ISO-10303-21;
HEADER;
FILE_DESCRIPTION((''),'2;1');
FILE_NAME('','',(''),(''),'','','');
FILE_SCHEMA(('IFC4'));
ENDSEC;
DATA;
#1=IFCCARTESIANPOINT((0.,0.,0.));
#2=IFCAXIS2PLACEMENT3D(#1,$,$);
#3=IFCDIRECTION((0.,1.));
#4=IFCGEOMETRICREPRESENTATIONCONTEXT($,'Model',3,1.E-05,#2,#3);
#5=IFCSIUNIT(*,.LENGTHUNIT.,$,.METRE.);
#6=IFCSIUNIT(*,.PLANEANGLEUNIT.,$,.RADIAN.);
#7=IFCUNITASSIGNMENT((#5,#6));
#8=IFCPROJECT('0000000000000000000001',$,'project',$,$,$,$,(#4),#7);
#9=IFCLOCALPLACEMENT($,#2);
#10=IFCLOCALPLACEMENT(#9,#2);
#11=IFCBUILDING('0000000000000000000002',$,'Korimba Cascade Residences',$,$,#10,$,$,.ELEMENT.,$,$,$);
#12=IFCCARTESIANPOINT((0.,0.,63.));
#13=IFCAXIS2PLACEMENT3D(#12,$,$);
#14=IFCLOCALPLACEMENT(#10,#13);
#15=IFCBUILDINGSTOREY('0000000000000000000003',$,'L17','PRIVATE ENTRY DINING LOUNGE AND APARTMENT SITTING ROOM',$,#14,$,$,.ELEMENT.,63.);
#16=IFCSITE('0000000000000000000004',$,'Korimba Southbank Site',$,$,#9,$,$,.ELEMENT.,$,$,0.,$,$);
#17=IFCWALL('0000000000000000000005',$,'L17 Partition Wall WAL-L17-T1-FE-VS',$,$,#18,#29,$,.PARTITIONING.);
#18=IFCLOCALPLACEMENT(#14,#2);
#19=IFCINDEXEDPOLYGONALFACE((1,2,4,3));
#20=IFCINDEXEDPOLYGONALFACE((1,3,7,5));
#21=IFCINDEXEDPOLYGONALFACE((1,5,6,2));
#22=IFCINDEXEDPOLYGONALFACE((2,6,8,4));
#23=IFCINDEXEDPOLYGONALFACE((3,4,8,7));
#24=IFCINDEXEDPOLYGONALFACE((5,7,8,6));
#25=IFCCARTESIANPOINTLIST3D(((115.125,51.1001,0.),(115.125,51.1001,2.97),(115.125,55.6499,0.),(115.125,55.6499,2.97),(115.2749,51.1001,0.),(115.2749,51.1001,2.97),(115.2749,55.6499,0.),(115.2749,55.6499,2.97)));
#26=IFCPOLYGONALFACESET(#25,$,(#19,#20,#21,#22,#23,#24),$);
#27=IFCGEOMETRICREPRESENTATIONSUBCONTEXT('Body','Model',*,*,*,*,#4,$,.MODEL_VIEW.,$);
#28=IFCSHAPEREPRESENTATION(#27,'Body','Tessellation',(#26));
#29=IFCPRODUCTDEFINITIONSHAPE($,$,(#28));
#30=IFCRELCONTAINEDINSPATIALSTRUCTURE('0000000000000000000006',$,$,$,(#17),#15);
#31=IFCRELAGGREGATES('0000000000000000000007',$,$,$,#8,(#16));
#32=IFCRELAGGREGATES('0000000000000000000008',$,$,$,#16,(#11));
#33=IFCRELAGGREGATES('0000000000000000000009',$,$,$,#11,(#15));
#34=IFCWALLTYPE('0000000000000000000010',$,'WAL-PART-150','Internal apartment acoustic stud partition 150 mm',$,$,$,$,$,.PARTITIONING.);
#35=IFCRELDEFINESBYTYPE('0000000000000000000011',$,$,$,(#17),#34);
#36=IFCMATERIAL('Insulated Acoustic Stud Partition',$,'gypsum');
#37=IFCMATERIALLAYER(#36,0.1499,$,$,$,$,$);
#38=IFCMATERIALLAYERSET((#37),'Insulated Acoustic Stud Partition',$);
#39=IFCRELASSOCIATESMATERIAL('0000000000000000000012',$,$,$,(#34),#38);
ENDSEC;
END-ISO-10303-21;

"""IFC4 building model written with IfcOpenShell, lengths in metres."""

from ifc_helpers import new_model, si_unit, direction, frame, frame_2d, origin, place, context, subcontext, project, spatial, rectangle, extrude, material, layer, layer_set, type_object, element, save


model = new_model("IFC4")

# Units and contexts
model_context = context("Model", 3, precision=1e-05, world=origin(), true_north=direction((0.0, 1.0)))
body_context = subcontext(model_context, "Body", "Model", "MODEL_VIEW")
ifc_project = project(units=[si_unit("LENGTHUNIT", "METRE"), si_unit("PLANEANGLEUNIT", "RADIAN")], contexts=[model_context])

# Site, building, storey
site_placement = place(None, origin())
site = spatial("IfcSite", under=ifc_project, at=site_placement, Name="Korimba Southbank Site", CompositionType="ELEMENT", RefElevation=0.0)
building_placement = place(site_placement, origin())
building = spatial("IfcBuilding", under=site, at=building_placement, Name="Korimba Cascade Residences", CompositionType="ELEMENT")
storey_placement = place(building_placement, frame((0.0, 0.0, 63.0)))
storey = spatial("IfcBuildingStorey", under=building, at=storey_placement, Name="L17", Description="PRIVATE ENTRY DINING LOUNGE AND APARTMENT SITTING ROOM", CompositionType="ELEMENT", Elevation=63.0)

# Shared definitions
ifc_material_1 = material(Name="Insulated Acoustic Stud Partition", Category="gypsum")
ifc_layer_1 = layer(ifc_material_1, 0.1499)
ifc_layer_set_1 = layer_set([ifc_layer_1], Name="Insulated Acoustic Stud Partition")
wall_type_1 = type_object("IfcWallType", Name="WAL-PART-150", Description="Internal apartment acoustic stud partition 150 mm", PredefinedType="PARTITIONING", material=ifc_layer_set_1)

# Wall
wall_1_placement = place(storey_placement, frame((115.2, 51.1001, 0.0), z_axis=(0.0, 0.0, 1.0), x_axis=(0.0, 1.0, 0.0)))
element("IfcWall", 1, at=wall_1_placement, inside=storey, type_object=wall_type_1, Name="L17 Partition Wall WAL-L17-T1-FE-VS", PredefinedType="PARTITIONING", context=body_context, shape_type="SweptSolid", body=[
    extrude(rectangle(XDim=4.5498, YDim=0.1499, at=frame_2d((2.2749, 0.0))), origin(), (0.0, 0.0, 1.0), 2.97),
])

save(model, "model.ifc")
